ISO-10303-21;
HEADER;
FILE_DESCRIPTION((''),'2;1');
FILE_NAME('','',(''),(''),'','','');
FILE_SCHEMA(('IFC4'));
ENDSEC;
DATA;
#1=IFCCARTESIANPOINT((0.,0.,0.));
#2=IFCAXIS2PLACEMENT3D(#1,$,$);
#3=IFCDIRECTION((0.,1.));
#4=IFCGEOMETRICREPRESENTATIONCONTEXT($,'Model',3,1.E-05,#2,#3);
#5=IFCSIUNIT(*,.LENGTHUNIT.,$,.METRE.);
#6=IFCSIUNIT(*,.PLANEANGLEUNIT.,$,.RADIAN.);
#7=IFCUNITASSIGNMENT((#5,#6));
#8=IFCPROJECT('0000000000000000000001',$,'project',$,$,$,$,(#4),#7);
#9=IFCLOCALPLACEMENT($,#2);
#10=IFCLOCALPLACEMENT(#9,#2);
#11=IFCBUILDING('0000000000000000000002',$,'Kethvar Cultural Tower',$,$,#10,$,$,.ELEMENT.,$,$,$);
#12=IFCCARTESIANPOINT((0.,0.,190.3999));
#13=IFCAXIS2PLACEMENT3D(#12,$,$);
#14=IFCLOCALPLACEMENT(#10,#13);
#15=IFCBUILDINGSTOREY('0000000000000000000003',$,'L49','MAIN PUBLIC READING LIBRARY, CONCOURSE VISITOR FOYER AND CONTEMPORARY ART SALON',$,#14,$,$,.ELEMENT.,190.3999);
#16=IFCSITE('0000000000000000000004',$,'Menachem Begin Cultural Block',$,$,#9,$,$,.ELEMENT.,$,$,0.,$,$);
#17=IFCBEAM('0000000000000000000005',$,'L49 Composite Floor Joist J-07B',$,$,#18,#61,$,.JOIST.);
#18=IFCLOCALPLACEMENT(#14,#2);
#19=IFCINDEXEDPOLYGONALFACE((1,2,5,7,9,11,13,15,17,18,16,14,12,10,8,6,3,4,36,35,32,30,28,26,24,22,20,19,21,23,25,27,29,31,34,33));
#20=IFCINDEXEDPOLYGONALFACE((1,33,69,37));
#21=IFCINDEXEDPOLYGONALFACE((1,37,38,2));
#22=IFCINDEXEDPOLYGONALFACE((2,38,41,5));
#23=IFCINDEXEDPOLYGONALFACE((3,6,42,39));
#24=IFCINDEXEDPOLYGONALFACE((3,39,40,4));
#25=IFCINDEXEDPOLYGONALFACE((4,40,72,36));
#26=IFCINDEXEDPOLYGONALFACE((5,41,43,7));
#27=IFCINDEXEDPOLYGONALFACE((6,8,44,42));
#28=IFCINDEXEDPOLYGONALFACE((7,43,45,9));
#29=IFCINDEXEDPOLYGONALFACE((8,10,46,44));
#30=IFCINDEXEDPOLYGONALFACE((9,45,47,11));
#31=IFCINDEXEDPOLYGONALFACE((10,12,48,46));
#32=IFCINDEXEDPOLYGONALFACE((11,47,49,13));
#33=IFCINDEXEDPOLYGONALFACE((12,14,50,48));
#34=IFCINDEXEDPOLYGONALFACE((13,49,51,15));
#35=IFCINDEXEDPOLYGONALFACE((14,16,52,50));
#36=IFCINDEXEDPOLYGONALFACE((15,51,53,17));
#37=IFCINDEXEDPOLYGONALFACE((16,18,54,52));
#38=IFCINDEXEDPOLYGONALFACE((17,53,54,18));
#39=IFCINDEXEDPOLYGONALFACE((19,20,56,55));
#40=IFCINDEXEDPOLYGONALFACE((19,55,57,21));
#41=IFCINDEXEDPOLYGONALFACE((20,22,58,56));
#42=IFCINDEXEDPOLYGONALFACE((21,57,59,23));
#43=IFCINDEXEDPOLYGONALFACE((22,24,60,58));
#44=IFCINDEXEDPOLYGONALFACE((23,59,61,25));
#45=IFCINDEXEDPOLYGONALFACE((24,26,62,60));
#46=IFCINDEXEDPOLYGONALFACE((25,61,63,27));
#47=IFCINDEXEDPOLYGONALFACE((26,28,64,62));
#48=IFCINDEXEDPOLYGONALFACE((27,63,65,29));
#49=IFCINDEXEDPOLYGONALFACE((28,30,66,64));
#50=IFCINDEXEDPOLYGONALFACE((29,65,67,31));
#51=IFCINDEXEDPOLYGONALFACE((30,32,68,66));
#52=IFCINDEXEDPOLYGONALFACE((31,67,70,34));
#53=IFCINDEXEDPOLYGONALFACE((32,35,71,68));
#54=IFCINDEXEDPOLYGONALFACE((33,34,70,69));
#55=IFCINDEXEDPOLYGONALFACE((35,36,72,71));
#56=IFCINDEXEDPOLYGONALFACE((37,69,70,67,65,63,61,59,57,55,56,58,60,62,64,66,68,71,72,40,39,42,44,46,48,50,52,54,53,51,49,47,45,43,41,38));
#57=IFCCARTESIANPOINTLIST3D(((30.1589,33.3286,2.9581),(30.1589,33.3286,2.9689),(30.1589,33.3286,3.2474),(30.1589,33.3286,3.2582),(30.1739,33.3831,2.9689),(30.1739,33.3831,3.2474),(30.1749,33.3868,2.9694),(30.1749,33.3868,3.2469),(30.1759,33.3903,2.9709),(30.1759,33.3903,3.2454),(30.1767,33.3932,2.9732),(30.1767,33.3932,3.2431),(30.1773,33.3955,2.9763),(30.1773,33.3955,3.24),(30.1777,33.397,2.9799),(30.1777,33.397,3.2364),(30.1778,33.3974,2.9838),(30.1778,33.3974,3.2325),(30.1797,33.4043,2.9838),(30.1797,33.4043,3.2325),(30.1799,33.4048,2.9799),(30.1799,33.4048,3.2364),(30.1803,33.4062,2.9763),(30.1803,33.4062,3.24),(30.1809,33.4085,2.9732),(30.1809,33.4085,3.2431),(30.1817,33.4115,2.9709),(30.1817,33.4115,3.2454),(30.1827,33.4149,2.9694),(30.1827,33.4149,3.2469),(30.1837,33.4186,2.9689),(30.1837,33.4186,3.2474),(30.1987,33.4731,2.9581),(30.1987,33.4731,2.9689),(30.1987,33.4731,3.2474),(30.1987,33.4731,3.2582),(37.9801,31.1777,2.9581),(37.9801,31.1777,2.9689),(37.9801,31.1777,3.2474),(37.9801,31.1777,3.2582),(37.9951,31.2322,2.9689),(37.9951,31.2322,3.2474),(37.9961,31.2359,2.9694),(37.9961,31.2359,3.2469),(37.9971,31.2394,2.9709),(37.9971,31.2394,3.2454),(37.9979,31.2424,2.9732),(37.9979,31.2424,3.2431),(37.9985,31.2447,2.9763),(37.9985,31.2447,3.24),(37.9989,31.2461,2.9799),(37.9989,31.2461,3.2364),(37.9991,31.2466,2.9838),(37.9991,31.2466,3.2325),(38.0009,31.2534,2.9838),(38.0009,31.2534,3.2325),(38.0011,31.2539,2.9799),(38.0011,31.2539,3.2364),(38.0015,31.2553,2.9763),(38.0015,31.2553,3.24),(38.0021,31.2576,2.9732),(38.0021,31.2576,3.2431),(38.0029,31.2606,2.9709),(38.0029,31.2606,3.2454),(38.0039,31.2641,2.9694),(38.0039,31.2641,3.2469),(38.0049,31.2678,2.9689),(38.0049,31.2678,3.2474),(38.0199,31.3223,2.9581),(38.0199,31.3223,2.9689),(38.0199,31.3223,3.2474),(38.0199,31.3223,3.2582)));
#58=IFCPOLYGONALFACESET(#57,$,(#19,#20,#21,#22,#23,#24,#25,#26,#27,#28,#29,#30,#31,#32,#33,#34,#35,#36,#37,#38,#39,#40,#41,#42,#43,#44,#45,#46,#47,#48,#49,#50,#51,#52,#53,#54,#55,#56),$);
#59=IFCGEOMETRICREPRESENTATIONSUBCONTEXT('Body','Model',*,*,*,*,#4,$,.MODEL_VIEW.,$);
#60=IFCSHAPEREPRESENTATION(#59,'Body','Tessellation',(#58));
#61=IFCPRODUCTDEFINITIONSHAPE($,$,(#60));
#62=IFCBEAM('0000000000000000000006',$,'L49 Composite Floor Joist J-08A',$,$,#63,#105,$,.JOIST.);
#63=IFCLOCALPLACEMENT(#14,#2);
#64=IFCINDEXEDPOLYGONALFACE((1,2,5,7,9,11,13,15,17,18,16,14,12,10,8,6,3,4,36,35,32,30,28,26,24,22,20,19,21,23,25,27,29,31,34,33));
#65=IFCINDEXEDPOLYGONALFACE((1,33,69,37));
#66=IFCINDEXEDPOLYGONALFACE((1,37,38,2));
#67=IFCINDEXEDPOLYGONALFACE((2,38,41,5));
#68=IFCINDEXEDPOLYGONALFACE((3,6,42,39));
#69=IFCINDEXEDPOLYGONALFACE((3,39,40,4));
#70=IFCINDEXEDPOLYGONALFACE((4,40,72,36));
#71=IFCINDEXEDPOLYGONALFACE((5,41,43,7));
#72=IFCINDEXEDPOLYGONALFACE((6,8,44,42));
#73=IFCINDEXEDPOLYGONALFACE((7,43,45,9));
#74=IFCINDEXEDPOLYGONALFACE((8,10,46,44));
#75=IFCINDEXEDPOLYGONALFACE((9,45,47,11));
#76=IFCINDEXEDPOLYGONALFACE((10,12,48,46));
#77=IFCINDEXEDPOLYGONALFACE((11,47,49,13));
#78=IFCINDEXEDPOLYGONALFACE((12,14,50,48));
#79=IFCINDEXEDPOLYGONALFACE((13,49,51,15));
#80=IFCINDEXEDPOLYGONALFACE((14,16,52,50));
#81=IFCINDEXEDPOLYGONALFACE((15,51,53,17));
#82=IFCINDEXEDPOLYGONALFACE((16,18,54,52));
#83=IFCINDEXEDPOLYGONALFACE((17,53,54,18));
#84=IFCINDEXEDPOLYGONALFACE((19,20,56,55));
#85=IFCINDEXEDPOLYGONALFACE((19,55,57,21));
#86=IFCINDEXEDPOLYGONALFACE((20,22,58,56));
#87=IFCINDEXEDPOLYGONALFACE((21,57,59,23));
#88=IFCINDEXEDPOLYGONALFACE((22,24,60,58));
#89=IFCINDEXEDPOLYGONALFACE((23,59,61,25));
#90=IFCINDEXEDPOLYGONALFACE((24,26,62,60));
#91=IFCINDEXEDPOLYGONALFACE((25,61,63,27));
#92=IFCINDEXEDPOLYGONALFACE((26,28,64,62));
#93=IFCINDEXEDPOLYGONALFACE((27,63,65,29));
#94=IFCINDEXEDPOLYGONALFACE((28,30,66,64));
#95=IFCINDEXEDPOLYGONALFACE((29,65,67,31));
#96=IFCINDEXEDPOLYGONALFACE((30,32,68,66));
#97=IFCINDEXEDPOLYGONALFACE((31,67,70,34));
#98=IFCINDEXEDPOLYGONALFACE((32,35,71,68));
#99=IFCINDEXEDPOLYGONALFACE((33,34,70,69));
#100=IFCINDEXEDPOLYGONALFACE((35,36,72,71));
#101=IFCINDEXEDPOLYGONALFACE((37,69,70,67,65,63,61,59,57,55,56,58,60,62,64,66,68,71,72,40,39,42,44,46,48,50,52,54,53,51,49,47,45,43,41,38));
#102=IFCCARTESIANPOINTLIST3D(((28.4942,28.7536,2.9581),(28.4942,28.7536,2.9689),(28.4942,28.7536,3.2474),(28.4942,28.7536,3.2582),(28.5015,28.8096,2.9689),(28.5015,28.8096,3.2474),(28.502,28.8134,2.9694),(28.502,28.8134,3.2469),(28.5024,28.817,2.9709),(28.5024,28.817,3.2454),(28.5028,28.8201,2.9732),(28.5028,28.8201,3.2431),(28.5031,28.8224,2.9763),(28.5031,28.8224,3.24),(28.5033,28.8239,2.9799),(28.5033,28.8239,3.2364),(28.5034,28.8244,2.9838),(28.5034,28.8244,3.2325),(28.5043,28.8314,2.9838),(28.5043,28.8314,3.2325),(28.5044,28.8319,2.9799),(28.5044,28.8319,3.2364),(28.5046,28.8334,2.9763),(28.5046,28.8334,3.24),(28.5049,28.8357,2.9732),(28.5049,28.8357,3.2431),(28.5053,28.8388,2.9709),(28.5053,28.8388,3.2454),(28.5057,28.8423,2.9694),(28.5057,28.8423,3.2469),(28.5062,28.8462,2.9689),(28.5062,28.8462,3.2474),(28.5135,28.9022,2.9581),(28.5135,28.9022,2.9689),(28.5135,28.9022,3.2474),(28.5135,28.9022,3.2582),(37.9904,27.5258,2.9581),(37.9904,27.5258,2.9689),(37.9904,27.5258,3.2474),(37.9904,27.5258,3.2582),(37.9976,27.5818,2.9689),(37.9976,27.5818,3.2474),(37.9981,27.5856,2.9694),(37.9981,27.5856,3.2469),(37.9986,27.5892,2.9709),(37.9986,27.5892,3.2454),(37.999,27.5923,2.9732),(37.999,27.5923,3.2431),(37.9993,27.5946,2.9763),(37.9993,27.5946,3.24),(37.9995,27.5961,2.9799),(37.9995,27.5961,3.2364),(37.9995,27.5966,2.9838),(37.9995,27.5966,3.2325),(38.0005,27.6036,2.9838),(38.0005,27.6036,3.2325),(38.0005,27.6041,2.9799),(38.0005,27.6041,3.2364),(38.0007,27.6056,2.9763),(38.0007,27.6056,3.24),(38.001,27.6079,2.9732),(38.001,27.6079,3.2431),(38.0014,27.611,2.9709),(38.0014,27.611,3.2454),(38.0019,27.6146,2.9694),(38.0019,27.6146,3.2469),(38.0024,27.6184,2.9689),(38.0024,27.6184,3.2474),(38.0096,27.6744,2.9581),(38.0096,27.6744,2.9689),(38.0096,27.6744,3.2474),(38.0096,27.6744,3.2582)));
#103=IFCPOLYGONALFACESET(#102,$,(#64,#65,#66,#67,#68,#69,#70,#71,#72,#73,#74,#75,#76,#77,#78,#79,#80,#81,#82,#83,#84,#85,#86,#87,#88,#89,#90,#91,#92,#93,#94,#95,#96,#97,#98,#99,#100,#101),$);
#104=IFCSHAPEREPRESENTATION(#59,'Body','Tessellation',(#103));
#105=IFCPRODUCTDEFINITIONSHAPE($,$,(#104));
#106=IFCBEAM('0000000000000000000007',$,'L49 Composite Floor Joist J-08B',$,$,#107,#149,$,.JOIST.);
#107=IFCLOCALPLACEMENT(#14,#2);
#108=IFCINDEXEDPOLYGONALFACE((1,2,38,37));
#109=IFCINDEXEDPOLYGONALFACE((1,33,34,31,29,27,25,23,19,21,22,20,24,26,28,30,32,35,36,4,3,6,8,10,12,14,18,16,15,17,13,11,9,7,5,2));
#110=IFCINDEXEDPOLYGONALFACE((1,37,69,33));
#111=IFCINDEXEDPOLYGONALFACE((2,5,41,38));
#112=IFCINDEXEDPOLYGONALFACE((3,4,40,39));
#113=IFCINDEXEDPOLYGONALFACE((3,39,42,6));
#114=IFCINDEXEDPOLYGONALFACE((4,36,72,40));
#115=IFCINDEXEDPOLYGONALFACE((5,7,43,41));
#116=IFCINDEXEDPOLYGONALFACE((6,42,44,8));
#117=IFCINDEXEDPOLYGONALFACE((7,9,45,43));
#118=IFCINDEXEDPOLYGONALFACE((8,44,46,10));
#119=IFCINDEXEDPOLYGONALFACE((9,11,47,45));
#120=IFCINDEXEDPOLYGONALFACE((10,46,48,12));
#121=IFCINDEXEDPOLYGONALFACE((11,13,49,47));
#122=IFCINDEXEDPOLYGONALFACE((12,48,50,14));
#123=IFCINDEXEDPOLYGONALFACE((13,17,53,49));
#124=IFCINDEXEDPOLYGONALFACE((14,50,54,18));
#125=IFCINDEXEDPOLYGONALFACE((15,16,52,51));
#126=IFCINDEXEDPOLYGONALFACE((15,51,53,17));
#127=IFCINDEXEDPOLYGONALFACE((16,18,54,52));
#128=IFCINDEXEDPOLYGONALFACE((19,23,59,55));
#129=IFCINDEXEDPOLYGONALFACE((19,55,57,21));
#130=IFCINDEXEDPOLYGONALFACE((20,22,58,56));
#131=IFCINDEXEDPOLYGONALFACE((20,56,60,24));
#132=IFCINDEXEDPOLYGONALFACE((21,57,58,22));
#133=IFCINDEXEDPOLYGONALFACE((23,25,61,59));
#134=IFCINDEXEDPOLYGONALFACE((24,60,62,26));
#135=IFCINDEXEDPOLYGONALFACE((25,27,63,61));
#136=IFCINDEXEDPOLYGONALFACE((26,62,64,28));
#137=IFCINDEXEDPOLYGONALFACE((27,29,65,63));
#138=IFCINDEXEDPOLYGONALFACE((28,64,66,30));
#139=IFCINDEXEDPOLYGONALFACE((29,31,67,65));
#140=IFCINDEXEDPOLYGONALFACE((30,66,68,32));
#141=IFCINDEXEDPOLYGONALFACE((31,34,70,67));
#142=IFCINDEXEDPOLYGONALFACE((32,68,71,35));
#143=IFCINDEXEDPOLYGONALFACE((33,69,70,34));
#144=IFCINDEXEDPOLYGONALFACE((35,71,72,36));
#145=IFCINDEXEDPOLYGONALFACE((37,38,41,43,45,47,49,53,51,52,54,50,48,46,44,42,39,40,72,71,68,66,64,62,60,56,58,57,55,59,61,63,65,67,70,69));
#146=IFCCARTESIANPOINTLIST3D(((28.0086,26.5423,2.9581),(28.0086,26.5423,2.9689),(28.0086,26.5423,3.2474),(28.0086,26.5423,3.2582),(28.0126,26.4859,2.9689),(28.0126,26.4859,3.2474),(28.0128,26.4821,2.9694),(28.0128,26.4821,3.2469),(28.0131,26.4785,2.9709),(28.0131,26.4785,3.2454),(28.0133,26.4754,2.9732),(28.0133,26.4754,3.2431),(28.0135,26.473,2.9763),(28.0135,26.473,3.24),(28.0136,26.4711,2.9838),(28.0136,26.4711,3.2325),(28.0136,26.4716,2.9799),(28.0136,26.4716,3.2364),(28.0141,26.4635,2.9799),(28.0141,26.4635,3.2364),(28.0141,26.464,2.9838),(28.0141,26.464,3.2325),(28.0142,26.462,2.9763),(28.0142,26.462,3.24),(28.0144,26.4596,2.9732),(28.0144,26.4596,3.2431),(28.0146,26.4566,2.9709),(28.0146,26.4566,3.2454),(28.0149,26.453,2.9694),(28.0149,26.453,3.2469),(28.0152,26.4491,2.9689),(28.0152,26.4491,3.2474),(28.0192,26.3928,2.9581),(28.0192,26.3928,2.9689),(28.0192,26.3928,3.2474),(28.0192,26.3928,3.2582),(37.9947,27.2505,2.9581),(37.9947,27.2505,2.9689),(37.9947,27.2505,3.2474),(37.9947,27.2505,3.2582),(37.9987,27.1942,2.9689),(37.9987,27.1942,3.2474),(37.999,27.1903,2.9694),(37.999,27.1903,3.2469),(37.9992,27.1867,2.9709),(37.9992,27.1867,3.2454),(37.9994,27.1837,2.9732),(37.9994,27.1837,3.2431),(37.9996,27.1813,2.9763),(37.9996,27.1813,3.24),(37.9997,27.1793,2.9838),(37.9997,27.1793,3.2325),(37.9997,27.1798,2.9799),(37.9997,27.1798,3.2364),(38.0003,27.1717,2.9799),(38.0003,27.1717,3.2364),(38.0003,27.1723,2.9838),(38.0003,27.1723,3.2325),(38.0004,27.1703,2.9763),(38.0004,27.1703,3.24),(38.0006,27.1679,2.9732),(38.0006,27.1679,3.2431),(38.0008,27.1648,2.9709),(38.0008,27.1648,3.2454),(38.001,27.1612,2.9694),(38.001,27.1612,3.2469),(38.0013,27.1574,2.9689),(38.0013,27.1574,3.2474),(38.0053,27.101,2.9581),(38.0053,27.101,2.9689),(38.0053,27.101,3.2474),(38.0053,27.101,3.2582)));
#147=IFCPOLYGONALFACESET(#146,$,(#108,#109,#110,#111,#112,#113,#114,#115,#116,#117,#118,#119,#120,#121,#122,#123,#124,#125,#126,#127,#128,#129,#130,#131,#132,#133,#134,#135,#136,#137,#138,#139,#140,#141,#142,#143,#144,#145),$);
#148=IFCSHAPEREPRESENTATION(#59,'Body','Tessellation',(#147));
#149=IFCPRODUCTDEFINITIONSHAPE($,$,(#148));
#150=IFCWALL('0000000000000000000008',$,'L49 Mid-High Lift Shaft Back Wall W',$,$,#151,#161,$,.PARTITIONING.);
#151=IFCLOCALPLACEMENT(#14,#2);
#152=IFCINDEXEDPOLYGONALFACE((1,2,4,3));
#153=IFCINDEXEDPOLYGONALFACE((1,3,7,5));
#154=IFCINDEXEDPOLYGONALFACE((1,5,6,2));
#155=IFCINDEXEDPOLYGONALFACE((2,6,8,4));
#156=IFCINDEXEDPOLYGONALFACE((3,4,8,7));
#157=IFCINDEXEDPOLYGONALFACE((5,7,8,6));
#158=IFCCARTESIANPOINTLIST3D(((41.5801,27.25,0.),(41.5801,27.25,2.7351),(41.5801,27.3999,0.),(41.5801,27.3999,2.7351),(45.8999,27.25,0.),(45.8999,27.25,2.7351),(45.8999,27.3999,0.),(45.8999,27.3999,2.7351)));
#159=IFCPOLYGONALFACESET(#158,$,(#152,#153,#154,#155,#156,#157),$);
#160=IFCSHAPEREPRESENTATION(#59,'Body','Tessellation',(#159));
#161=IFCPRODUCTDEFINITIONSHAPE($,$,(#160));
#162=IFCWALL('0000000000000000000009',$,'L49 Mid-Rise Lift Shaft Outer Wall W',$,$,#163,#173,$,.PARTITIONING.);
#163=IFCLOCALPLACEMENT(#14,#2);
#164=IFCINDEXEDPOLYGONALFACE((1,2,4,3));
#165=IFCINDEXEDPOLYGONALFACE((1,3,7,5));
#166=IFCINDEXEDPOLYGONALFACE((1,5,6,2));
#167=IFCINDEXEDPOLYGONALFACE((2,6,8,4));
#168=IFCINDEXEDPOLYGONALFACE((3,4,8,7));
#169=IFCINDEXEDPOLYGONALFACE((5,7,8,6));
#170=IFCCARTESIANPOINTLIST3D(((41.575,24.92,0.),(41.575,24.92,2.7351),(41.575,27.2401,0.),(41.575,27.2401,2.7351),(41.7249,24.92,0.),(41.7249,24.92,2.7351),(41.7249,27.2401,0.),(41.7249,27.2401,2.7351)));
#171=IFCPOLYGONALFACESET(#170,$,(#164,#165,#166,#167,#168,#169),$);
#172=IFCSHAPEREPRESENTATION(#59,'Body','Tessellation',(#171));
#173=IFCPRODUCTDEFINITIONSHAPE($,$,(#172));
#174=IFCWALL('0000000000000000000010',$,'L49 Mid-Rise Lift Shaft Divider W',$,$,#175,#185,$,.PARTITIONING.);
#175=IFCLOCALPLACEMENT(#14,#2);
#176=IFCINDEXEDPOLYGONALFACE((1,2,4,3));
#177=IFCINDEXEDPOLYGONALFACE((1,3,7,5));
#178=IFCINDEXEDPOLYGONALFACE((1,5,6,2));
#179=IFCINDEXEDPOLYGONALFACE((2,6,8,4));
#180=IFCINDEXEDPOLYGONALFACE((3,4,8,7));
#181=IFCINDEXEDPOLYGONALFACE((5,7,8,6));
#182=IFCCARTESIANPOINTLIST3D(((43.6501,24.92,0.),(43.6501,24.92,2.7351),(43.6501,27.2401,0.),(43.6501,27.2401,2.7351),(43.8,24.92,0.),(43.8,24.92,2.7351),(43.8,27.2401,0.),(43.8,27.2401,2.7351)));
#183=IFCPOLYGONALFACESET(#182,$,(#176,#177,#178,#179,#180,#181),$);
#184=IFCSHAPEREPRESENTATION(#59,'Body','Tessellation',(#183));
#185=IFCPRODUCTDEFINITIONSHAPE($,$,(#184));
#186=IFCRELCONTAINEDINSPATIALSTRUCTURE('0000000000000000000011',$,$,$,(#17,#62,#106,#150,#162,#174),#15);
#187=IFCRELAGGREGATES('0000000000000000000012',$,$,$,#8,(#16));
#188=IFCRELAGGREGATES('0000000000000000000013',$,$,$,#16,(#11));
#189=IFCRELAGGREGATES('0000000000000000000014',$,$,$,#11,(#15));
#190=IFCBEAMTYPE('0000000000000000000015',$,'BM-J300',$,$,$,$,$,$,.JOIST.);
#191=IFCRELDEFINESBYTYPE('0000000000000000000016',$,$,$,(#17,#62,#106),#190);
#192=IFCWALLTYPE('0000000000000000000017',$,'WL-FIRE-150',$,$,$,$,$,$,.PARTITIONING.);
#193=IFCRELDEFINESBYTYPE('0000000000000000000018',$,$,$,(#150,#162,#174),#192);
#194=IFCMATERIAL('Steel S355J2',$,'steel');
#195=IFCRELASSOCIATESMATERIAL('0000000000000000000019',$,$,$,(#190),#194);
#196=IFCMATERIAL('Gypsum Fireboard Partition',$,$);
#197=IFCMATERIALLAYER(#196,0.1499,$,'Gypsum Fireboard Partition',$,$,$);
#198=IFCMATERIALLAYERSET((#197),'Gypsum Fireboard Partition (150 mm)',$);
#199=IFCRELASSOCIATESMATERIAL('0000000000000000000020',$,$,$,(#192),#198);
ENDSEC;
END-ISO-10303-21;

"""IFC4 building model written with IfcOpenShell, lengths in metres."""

from ifc_helpers import new_model, si_unit, direction, frame, frame_2d, origin, origin_2d, place, context, subcontext, project, spatial, rectangle, i_section, extrude, source, transform, mapped, material, layer, layer_set, material_profile, profile_set, type_object, element, save


model = new_model("IFC4")

# Units and contexts
model_context = context("Model", 3, precision=1e-05, world=origin(), true_north=direction((0.0, 1.0)))
body_context = subcontext(model_context, "Body", "Model", "MODEL_VIEW")
ifc_project = project(units=[si_unit("LENGTHUNIT", "METRE"), si_unit("PLANEANGLEUNIT", "RADIAN")], contexts=[model_context])

# Site, building, storey
site_placement = place(None, origin())
site = spatial("IfcSite", under=ifc_project, at=site_placement, Name="Menachem Begin Cultural Block", CompositionType="ELEMENT", RefElevation=0.0)
building_placement = place(site_placement, origin())
building = spatial("IfcBuilding", under=site, at=building_placement, Name="Kethvar Cultural Tower", CompositionType="ELEMENT")
storey_placement = place(building_placement, frame((0.0, 0.0, 190.3999)))
storey = spatial("IfcBuildingStorey", under=building, at=storey_placement, Name="L49", Description="MAIN PUBLIC READING LIBRARY, CONCOURSE VISITOR FOYER AND CONTEMPORARY ART SALON", CompositionType="ELEMENT", Elevation=190.3999)

# Beams
ifc_material_1 = material(Name="Steel S355J2", Category="steel")
ifc_material_profile_1 = material_profile(ifc_material_1, i_section(OverallWidth=0.1499, OverallDepth=0.3, WebThickness=0.0071, FlangeThickness=0.0107, FilletRadius=0.0149, at=origin_2d()), Name="Steel S355J2 — IPE300")
ifc_profile_set_1 = profile_set([ifc_material_profile_1], Name="Steel S355J2 — IPE300")
beam_type_1 = type_object("IfcBeamType", Name="BM-J300", PredefinedType="JOIST", material=ifc_profile_set_1)
shared_shape_1 = source(origin(), body_context, "Body", "SweptSolid", [
    extrude(i_section(OverallWidth=0.1499, OverallDepth=0.3, WebThickness=0.0071, FlangeThickness=0.0107, FilletRadius=0.0149, at=origin_2d()), origin(), (0.0, 0.0, 1.0), 8.1116),
])
beam_1_placement = place(storey_placement, frame((38.0, 31.25, 3.1082), z_axis=(-0.964205, 0.265159, 0.0), x_axis=(-0.265159, -0.964205, 0.0)))
element("IfcBeam", 1, at=beam_1_placement, inside=storey, type_object=beam_type_1, Name="L49 Composite Floor Joist J-07B", PredefinedType="JOIST", context=body_context, shape_type="MappedRepresentation", body=[
    mapped(shared_shape_1, transform((0.0, 0.0, 0.0), scale=1.0)),
])
shared_shape_2 = source(origin(), body_context, "Body", "SweptSolid", [
    extrude(i_section(OverallWidth=0.1499, OverallDepth=0.3, WebThickness=0.0071, FlangeThickness=0.0107, FilletRadius=0.0149, at=origin_2d()), origin(), (0.0, 0.0, 1.0), 9.5752),
])
beam_2_placement = place(storey_placement, frame((38.0, 27.6001, 3.1082), z_axis=(-0.991745, 0.128226, 0.0), x_axis=(-0.128226, -0.991745, 0.0)))
element("IfcBeam", 2, at=beam_2_placement, inside=storey, type_object=beam_type_1, Name="L49 Composite Floor Joist J-08A", PredefinedType="JOIST", context=body_context, shape_type="MappedRepresentation", body=[
    mapped(shared_shape_2, transform((0.0, 0.0, 0.0), scale=1.0)),
])
shared_shape_3 = source(origin(), body_context, "Body", "SweptSolid", [
    extrude(i_section(OverallWidth=0.1499, OverallDepth=0.3, WebThickness=0.0071, FlangeThickness=0.0107, FilletRadius=0.0149, at=origin_2d()), origin(), (0.0, 0.0, 1.0), 10.0112),
])
beam_3_placement = place(storey_placement, frame((38.0, 27.1758, 3.1082), z_axis=(-0.997494, -0.070746, 0.0), x_axis=(0.070746, -0.997494, 0.0)))
element("IfcBeam", 3, at=beam_3_placement, inside=storey, type_object=beam_type_1, Name="L49 Composite Floor Joist J-08B", PredefinedType="JOIST", context=body_context, shape_type="MappedRepresentation", body=[
    mapped(shared_shape_3, transform((0.0, 0.0, 0.0), scale=1.0)),
])

# Walls
ifc_material_2 = material(Name="Gypsum Fireboard Partition")
ifc_layer_1 = layer(ifc_material_2, 0.1499, Name="Gypsum Fireboard Partition")
ifc_layer_set_1 = layer_set([ifc_layer_1], Name="Gypsum Fireboard Partition (150 mm)")
wall_type_1 = type_object("IfcWallType", Name="WL-FIRE-150", PredefinedType="PARTITIONING", material=ifc_layer_set_1)
wall_1_placement = place(storey_placement, frame((41.5801, 27.325, 0.0), z_axis=(0.0, 0.0, 1.0), x_axis=(1.0, 0.0, 0.0)))
element("IfcWall", 4, at=wall_1_placement, inside=storey, type_object=wall_type_1, Name="L49 Mid-High Lift Shaft Back Wall W", PredefinedType="PARTITIONING", context=body_context, shape_type="SweptSolid", body=[
    extrude(rectangle(XDim=4.3198, YDim=0.1499, at=frame_2d((2.1599, 0.0))), origin(), (0.0, 0.0, 1.0), 2.7351),
])
for number, where, z_axis, x_axis, name in (
    (5, (41.6499, 24.9199, 0.0), (0.0, 0.0, 1.0), (0.0, 1.0, 0.0), "L49 Mid-Rise Lift Shaft Outer Wall W"),
    (6, (43.7251, 24.9199, 0.0), (0.0, 0.0, 1.0), (0.0, 1.0, 0.0), "L49 Mid-Rise Lift Shaft Divider W"),
):
    element("IfcWall", number, at=place(storey_placement, frame(where, z_axis=z_axis, x_axis=x_axis)), inside=storey, type_object=wall_type_1, Name=name, PredefinedType="PARTITIONING", context=body_context, shape_type="SweptSolid", body=[
        extrude(rectangle(XDim=2.3201, YDim=0.1499, at=frame_2d((1.1602, 0.0))), origin(), (0.0, 0.0, 1.0), 2.7351),
    ])

save(model, "model.ifc")
